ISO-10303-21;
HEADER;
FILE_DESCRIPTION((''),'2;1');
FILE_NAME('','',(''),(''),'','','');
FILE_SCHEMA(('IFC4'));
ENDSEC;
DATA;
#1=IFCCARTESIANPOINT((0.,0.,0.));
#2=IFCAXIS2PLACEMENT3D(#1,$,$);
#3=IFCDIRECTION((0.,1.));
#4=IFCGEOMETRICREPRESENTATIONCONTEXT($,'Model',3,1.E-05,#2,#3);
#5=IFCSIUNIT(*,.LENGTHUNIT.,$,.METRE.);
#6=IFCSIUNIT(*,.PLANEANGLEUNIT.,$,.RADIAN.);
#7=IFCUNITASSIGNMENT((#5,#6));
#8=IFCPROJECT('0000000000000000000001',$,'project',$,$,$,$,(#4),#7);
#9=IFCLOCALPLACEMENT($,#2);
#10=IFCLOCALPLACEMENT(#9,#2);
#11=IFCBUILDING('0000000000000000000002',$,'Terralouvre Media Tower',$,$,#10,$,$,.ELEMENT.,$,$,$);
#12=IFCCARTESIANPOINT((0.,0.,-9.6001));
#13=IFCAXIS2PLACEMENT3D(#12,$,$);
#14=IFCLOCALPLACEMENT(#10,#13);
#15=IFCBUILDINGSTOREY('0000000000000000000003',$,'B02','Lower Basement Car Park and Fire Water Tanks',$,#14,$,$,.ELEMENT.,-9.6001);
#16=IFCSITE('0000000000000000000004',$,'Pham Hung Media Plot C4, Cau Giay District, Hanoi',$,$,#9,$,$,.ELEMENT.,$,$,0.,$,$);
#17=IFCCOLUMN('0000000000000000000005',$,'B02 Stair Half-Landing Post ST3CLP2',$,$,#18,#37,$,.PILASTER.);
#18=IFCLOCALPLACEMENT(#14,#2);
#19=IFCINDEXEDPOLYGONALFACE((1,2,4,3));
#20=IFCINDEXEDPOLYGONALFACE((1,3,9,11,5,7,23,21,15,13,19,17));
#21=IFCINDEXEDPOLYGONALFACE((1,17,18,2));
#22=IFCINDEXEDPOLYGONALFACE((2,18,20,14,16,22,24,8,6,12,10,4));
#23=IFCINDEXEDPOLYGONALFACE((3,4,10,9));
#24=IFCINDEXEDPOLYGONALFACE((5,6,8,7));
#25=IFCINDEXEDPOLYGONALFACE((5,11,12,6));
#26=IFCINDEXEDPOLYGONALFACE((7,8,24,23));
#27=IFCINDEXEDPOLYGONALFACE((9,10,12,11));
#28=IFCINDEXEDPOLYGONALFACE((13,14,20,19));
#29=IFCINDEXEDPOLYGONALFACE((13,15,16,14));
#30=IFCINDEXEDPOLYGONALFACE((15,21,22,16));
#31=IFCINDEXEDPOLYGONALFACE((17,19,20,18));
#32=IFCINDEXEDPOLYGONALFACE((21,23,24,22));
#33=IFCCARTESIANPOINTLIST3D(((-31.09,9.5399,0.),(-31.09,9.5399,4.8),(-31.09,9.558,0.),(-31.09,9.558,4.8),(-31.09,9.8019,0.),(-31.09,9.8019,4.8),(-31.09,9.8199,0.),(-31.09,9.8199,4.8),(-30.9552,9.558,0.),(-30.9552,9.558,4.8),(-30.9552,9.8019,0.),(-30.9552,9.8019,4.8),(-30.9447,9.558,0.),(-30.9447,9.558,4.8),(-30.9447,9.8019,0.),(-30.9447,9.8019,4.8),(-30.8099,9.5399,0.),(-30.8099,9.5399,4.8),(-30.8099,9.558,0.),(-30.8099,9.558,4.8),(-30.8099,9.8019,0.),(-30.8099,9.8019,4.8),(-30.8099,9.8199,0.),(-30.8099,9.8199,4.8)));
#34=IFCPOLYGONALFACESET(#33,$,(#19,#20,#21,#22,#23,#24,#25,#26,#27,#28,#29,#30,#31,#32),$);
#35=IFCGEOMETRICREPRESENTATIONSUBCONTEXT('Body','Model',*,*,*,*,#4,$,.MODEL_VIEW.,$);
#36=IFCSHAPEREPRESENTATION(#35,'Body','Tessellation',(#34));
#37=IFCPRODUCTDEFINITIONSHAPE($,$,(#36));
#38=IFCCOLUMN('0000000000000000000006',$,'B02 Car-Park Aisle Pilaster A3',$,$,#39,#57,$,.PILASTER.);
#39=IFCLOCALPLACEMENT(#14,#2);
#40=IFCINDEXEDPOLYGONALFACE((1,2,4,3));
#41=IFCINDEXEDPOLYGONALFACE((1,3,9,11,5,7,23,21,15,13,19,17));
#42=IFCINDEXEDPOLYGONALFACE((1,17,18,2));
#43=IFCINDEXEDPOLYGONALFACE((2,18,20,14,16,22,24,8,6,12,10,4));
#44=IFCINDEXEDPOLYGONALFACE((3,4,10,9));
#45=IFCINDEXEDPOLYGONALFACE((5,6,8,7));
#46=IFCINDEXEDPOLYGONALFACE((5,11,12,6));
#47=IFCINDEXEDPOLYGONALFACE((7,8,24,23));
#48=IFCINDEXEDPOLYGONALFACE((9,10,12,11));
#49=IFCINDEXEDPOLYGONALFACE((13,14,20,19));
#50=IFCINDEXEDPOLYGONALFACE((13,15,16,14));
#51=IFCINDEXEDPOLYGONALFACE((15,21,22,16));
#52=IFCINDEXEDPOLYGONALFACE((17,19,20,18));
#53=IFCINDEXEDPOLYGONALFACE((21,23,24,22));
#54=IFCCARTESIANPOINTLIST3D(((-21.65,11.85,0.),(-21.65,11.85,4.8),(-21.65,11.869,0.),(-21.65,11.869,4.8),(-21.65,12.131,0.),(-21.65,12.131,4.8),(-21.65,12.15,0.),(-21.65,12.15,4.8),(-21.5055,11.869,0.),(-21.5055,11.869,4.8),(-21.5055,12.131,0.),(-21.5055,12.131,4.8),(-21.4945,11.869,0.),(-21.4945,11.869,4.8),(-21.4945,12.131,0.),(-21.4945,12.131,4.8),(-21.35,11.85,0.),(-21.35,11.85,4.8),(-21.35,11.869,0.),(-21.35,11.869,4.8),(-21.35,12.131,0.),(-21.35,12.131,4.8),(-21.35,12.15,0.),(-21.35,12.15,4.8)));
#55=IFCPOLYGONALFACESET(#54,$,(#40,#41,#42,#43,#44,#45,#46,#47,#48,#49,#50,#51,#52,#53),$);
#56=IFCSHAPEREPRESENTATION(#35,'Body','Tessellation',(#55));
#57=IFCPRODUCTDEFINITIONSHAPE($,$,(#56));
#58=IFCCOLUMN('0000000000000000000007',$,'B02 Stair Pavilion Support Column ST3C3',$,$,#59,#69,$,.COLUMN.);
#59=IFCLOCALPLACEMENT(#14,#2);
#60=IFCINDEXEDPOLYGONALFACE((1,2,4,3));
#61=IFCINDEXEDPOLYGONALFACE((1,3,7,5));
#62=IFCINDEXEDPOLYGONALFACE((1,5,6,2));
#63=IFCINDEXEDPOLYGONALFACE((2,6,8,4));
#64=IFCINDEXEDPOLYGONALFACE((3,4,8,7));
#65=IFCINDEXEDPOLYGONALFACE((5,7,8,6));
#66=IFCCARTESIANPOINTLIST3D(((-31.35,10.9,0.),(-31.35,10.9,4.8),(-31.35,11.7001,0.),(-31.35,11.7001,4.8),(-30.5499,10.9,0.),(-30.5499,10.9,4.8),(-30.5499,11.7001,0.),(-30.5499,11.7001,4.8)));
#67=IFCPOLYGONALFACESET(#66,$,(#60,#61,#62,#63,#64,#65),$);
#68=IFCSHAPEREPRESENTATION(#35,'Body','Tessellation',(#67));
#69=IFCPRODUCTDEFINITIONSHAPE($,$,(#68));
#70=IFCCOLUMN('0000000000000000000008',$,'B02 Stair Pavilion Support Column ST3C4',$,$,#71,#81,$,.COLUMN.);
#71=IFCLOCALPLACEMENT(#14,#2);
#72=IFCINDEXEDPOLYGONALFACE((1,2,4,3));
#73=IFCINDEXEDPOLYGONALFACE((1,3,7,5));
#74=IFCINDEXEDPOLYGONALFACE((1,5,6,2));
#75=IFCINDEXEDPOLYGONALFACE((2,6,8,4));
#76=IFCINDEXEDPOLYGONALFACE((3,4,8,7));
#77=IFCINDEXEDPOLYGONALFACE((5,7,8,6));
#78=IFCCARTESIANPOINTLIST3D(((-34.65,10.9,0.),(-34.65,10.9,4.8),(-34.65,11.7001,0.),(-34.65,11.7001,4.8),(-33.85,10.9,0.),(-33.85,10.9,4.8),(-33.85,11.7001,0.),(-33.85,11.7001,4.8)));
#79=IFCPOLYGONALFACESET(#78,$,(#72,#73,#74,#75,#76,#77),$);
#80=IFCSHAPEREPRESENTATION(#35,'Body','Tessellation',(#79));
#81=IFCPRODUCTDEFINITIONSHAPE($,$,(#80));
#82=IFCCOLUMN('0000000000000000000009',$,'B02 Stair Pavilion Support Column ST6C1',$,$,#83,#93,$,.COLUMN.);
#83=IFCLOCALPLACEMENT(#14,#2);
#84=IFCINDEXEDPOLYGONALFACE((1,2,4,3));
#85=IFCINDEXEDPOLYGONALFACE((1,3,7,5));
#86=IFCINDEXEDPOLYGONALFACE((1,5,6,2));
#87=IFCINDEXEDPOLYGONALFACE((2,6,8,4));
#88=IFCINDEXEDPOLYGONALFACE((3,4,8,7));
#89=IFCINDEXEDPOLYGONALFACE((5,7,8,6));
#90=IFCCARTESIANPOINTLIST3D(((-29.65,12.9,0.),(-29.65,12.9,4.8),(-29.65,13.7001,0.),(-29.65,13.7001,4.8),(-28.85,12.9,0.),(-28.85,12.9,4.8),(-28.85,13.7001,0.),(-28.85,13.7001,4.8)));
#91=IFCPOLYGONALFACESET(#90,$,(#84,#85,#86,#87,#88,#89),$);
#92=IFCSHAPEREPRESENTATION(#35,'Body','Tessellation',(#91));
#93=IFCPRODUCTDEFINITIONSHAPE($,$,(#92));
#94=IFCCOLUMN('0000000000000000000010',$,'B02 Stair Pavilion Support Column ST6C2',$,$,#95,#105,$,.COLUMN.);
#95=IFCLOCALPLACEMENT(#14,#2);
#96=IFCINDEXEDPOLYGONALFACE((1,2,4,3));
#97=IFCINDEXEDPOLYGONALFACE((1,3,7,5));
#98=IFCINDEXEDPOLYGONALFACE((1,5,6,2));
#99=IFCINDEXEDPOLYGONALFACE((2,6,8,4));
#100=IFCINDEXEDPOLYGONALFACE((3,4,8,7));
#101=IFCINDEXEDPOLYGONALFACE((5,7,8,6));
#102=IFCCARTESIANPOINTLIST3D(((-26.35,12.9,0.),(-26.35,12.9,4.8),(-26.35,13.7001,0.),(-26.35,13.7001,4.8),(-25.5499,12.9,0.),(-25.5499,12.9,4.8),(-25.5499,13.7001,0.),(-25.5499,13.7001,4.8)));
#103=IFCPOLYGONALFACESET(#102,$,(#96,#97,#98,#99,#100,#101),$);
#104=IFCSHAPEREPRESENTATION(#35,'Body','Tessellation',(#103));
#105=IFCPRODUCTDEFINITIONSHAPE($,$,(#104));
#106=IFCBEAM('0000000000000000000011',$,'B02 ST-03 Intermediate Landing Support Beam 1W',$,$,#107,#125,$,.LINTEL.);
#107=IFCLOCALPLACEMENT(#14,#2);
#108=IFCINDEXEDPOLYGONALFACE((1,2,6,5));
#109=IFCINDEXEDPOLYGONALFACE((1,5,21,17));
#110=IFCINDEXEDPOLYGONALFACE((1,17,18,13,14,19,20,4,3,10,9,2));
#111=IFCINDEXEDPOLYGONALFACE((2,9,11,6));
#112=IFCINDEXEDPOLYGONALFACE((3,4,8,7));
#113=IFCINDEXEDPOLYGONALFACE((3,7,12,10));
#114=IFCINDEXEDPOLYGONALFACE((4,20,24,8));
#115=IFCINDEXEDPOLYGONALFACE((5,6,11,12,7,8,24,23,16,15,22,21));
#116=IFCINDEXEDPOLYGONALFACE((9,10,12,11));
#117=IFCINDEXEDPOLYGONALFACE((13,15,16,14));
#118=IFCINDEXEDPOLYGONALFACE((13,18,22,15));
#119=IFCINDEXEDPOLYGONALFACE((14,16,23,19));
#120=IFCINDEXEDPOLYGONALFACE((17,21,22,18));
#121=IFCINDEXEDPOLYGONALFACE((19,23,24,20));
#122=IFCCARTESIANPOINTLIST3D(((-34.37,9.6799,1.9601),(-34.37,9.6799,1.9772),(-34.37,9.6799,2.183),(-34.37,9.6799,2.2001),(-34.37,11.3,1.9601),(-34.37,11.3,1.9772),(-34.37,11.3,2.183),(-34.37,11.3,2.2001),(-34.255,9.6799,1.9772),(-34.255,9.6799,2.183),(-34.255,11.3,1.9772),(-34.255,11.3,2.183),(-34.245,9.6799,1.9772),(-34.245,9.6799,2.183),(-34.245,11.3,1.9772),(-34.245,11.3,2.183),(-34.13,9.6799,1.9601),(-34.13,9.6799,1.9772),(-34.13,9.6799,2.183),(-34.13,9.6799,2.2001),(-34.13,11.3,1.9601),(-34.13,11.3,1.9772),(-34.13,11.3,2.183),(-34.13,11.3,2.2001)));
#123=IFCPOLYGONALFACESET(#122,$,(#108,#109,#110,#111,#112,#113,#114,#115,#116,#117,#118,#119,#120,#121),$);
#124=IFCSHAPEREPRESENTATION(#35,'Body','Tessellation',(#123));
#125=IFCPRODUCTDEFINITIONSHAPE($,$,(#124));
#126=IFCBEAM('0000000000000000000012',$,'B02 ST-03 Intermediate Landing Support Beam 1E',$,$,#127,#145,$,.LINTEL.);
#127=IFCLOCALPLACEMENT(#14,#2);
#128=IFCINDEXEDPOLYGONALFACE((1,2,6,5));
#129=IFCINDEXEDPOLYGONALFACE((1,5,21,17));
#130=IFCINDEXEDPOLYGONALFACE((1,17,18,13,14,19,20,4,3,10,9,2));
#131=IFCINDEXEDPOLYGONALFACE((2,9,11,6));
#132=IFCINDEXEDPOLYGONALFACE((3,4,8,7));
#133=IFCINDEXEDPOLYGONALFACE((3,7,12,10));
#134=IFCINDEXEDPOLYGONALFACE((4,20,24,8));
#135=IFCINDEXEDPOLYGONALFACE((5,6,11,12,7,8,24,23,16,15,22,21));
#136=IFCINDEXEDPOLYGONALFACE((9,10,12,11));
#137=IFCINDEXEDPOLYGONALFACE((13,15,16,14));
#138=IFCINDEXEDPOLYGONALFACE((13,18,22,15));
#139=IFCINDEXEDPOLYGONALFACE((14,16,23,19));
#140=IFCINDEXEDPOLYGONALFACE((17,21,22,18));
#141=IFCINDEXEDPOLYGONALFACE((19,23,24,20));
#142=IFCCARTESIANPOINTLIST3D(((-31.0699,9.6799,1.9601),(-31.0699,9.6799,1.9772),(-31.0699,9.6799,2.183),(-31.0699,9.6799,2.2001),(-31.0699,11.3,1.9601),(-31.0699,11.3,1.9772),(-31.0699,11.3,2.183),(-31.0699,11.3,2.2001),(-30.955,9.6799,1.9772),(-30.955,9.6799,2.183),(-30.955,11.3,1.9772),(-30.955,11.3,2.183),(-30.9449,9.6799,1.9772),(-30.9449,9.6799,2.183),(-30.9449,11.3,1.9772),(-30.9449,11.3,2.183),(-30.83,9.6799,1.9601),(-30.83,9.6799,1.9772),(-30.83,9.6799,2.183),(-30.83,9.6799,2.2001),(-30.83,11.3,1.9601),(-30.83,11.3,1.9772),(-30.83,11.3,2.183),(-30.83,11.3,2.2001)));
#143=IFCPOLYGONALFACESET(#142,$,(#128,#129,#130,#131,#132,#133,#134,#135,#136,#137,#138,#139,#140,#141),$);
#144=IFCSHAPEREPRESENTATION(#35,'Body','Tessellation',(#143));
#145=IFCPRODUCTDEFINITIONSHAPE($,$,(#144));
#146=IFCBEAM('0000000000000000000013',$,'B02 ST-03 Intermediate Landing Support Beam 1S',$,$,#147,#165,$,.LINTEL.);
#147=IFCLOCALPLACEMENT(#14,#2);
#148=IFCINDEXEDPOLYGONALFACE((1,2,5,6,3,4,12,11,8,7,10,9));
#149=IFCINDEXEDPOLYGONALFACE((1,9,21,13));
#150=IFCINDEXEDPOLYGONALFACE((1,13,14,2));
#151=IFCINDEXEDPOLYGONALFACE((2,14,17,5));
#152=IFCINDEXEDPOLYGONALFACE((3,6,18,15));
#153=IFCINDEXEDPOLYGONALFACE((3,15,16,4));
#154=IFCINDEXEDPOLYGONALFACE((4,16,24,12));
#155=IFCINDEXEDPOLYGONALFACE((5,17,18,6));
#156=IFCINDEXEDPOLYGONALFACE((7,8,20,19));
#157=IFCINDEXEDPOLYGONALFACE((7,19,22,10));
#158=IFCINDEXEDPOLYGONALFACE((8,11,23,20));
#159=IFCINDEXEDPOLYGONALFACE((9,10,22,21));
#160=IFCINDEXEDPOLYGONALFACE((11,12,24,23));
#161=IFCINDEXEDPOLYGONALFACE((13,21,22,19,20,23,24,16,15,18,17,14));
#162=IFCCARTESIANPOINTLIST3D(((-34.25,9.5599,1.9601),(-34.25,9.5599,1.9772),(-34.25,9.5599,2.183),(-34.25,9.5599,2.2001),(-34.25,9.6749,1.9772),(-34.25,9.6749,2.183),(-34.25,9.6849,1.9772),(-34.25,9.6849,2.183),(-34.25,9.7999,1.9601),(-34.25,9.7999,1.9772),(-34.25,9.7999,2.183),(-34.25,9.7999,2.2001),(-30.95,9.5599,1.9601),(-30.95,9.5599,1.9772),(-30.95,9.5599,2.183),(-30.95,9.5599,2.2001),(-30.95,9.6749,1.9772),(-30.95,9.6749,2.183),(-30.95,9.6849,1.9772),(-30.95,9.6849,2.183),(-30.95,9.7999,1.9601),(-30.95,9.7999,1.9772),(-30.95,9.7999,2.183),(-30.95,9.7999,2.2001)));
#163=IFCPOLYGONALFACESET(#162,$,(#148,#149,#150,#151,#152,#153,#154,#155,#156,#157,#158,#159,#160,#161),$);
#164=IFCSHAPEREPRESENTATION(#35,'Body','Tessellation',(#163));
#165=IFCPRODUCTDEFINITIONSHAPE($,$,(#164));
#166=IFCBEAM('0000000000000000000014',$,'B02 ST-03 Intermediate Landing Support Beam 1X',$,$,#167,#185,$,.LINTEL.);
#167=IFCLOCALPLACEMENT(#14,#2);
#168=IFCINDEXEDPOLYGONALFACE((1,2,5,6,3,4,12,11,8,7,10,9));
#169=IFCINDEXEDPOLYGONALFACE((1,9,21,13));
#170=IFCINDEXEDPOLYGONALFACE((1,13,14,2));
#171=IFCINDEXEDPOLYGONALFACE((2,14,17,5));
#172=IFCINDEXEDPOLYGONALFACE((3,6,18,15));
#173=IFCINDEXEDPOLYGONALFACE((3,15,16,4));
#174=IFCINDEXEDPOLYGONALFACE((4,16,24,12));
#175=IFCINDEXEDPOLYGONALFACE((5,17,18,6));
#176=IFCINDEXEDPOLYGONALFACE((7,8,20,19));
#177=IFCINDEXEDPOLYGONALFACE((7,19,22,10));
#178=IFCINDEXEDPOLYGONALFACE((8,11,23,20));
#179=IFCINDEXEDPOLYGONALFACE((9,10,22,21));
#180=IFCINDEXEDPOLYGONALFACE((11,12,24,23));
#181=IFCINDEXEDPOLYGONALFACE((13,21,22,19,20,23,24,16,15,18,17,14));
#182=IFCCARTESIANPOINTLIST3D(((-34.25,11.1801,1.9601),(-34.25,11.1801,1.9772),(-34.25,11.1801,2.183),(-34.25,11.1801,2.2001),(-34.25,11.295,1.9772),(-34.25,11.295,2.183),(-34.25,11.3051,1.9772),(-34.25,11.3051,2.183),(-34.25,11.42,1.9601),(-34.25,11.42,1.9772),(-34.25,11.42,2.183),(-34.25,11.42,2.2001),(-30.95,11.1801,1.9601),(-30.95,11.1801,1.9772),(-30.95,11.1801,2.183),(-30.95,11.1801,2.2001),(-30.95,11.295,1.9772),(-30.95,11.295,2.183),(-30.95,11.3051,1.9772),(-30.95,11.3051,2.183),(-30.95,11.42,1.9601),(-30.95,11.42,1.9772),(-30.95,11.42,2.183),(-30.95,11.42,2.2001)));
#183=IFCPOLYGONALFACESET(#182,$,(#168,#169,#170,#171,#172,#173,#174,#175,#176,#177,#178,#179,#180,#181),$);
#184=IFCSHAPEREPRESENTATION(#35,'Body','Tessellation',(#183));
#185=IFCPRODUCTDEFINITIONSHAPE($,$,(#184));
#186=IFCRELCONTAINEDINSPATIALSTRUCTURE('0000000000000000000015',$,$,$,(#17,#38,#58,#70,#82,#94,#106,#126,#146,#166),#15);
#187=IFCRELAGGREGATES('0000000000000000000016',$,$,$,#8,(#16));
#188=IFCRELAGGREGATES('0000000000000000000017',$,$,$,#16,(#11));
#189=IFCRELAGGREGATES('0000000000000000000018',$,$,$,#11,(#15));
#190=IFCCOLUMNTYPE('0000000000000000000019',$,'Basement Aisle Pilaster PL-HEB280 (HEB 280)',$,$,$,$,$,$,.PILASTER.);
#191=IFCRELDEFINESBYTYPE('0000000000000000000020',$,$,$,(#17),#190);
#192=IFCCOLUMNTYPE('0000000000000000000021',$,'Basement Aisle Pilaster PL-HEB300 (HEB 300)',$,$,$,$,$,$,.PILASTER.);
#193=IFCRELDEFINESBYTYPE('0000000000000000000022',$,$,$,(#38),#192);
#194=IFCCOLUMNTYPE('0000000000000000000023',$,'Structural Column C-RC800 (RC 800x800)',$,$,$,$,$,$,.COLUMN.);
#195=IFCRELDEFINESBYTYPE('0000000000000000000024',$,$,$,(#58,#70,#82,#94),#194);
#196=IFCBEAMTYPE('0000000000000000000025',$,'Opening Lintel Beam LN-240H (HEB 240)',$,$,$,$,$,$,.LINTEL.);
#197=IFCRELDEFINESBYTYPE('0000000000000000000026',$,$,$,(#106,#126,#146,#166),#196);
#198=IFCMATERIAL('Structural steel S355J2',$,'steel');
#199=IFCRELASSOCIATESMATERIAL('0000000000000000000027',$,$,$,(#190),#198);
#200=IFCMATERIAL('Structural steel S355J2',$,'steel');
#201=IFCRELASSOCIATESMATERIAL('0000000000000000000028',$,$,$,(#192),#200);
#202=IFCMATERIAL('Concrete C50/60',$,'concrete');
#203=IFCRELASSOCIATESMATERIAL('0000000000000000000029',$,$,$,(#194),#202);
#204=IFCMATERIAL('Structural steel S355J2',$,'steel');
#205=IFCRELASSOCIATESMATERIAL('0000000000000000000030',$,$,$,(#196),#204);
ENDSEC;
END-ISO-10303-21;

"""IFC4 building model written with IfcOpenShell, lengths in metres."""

from ifc_helpers import new_model, si_unit, direction, frame, origin, origin_2d, place, context, subcontext, project, spatial, rectangle, i_section, extrude, material, material_profile, profile_set, type_object, element, save


model = new_model("IFC4")

# Units and contexts
model_context = context("Model", 3, precision=1e-05, world=origin(), true_north=direction((0.0, 1.0)))
body_context = subcontext(model_context, "Body", "Model", "MODEL_VIEW")
ifc_project = project(units=[si_unit("LENGTHUNIT", "METRE"), si_unit("PLANEANGLEUNIT", "RADIAN")], contexts=[model_context])

# Site, building, storey
site_placement = place(None, origin())
site = spatial("IfcSite", under=ifc_project, at=site_placement, Name="Pham Hung Media Plot C4, Cau Giay District, Hanoi", CompositionType="ELEMENT", RefElevation=0.0)
building_placement = place(site_placement, origin())
building = spatial("IfcBuilding", under=site, at=building_placement, Name="Terralouvre Media Tower", CompositionType="ELEMENT")
storey_placement = place(building_placement, frame((0.0, 0.0, -9.6001)))
storey = spatial("IfcBuildingStorey", under=building, at=storey_placement, Name="B02", Description="Lower Basement Car Park and Fire Water Tanks", CompositionType="ELEMENT", Elevation=-9.6001)

# Columns
ifc_material_1 = material(Name="Structural steel S355J2", Category="steel")
ifc_material_profile_1 = material_profile(ifc_material_1, i_section(OverallWidth=0.28, OverallDepth=0.28, WebThickness=0.0105, FlangeThickness=0.0181, at=origin_2d()), Name="HEB 280")
ifc_profile_set_1 = profile_set([ifc_material_profile_1], Name="Structural steel S355J2")
column_type_1 = type_object("IfcColumnType", Name="Basement Aisle Pilaster PL-HEB280 (HEB 280)", PredefinedType="PILASTER", material=ifc_profile_set_1)
for number, where, z_axis, x_axis, name in (
    (1, (-30.95, 9.6799, 0.0), (0.0, 0.0, 1.0), (1.0, 0.0, 0.0), "B02 Stair Half-Landing Post ST3CLP2"),
):
    element("IfcColumn", number, at=place(storey_placement, frame(where, z_axis=z_axis, x_axis=x_axis)), inside=storey, type_object=column_type_1, Name=name, PredefinedType="PILASTER", context=body_context, shape_type="SweptSolid", body=[
        extrude(i_section(OverallWidth=0.28, OverallDepth=0.28, WebThickness=0.0105, FlangeThickness=0.0181, at=origin_2d()), origin(), (0.0, 0.0, 1.0), 4.8),
    ])
ifc_material_2 = material(Name="Structural steel S355J2", Category="steel")
ifc_material_profile_2 = material_profile(ifc_material_2, i_section(OverallWidth=0.3, OverallDepth=0.3, WebThickness=0.011, FlangeThickness=0.019, at=origin_2d()), Name="HEB 300")
ifc_profile_set_2 = profile_set([ifc_material_profile_2], Name="Structural steel S355J2")
column_type_2 = type_object("IfcColumnType", Name="Basement Aisle Pilaster PL-HEB300 (HEB 300)", PredefinedType="PILASTER", material=ifc_profile_set_2)
column_placement = place(storey_placement, frame((-21.5, 12.0, 0.0), z_axis=(0.0, 0.0, 1.0), x_axis=(1.0, 0.0, 0.0)))
element("IfcColumn", 2, at=column_placement, inside=storey, type_object=column_type_2, Name="B02 Car-Park Aisle Pilaster A3", PredefinedType="PILASTER", context=body_context, shape_type="SweptSolid", body=[
    extrude(i_section(OverallWidth=0.3, OverallDepth=0.3, WebThickness=0.011, FlangeThickness=0.019, at=origin_2d()), origin(), (0.0, 0.0, 1.0), 4.8),
])
ifc_material_3 = material(Name="Concrete C50/60", Category="concrete")
ifc_material_profile_3 = material_profile(ifc_material_3, rectangle(XDim=0.8, YDim=0.8, at=origin_2d()), Name="RC 800x800")
ifc_profile_set_3 = profile_set([ifc_material_profile_3], Name="Concrete C50/60")
column_type_3 = type_object("IfcColumnType", Name="Structural Column C-RC800 (RC 800x800)", PredefinedType="COLUMN", material=ifc_profile_set_3)
for number, where, z_axis, x_axis, name in (
    (3, (-30.95, 11.3, 0.0), (0.0, 0.0, 1.0), (1.0, 0.0, 0.0), "B02 Stair Pavilion Support Column ST3C3"),
    (4, (-34.25, 11.3, 0.0), (0.0, 0.0, 1.0), (1.0, 0.0, 0.0), "B02 Stair Pavilion Support Column ST3C4"),
    (5, (-29.25, 13.3, 0.0), (0.0, 0.0, 1.0), (1.0, 0.0, 0.0), "B02 Stair Pavilion Support Column ST6C1"),
    (6, (-25.95, 13.3, 0.0), (0.0, 0.0, 1.0), (1.0, 0.0, 0.0), "B02 Stair Pavilion Support Column ST6C2"),
):
    element("IfcColumn", number, at=place(storey_placement, frame(where, z_axis=z_axis, x_axis=x_axis)), inside=storey, type_object=column_type_3, Name=name, PredefinedType="COLUMN", context=body_context, shape_type="SweptSolid", body=[
        extrude(rectangle(XDim=0.8, YDim=0.8, at=origin_2d()), origin(), (0.0, 0.0, 1.0), 4.8),
    ])

# Beams
ifc_material_4 = material(Name="Structural steel S355J2", Category="steel")
ifc_material_profile_4 = material_profile(ifc_material_4, i_section(OverallWidth=0.24, OverallDepth=0.24, WebThickness=0.01, FlangeThickness=0.0171, at=origin_2d()), Name="HEB 240")
ifc_profile_set_4 = profile_set([ifc_material_profile_4], Name="Structural steel S355J2")
beam_type_1 = type_object("IfcBeamType", Name="Opening Lintel Beam LN-240H (HEB 240)", PredefinedType="LINTEL", material=ifc_profile_set_4)
for number, where, z_axis, x_axis, name in (
    (7, (-34.25, 9.6799, 2.0801), (0.0, 1.0, 0.0), (-1.0, 0.0, 0.0), "B02 ST-03 Intermediate Landing Support Beam 1W"),
    (8, (-30.95, 9.6799, 2.0801), (0.0, 1.0, 0.0), (-1.0, 0.0, 0.0), "B02 ST-03 Intermediate Landing Support Beam 1E"),
):
    element("IfcBeam", number, at=place(storey_placement, frame(where, z_axis=z_axis, x_axis=x_axis)), inside=storey, type_object=beam_type_1, Name=name, PredefinedType="LINTEL", context=body_context, shape_type="SweptSolid", body=[
        extrude(i_section(OverallWidth=0.24, OverallDepth=0.24, WebThickness=0.01, FlangeThickness=0.0171, at=origin_2d()), origin(), (0.0, 0.0, 1.0), 1.6201),
    ])
for number, where, z_axis, x_axis, name in (
    (9, (-34.25, 9.6799, 2.0801), (1.0, 0.0, 0.0), (0.0, 1.0, 0.0), "B02 ST-03 Intermediate Landing Support Beam 1S"),
    (10, (-34.25, 11.3, 2.0801), (1.0, 0.0, 0.0), (0.0, 1.0, 0.0), "B02 ST-03 Intermediate Landing Support Beam 1X"),
):
    element("IfcBeam", number, at=place(storey_placement, frame(where, z_axis=z_axis, x_axis=x_axis)), inside=storey, type_object=beam_type_1, Name=name, PredefinedType="LINTEL", context=body_context, shape_type="SweptSolid", body=[
        extrude(i_section(OverallWidth=0.24, OverallDepth=0.24, WebThickness=0.01, FlangeThickness=0.0171, at=origin_2d()), origin(), (0.0, 0.0, 1.0), 3.3),
    ])

save(model, "model.ifc")
